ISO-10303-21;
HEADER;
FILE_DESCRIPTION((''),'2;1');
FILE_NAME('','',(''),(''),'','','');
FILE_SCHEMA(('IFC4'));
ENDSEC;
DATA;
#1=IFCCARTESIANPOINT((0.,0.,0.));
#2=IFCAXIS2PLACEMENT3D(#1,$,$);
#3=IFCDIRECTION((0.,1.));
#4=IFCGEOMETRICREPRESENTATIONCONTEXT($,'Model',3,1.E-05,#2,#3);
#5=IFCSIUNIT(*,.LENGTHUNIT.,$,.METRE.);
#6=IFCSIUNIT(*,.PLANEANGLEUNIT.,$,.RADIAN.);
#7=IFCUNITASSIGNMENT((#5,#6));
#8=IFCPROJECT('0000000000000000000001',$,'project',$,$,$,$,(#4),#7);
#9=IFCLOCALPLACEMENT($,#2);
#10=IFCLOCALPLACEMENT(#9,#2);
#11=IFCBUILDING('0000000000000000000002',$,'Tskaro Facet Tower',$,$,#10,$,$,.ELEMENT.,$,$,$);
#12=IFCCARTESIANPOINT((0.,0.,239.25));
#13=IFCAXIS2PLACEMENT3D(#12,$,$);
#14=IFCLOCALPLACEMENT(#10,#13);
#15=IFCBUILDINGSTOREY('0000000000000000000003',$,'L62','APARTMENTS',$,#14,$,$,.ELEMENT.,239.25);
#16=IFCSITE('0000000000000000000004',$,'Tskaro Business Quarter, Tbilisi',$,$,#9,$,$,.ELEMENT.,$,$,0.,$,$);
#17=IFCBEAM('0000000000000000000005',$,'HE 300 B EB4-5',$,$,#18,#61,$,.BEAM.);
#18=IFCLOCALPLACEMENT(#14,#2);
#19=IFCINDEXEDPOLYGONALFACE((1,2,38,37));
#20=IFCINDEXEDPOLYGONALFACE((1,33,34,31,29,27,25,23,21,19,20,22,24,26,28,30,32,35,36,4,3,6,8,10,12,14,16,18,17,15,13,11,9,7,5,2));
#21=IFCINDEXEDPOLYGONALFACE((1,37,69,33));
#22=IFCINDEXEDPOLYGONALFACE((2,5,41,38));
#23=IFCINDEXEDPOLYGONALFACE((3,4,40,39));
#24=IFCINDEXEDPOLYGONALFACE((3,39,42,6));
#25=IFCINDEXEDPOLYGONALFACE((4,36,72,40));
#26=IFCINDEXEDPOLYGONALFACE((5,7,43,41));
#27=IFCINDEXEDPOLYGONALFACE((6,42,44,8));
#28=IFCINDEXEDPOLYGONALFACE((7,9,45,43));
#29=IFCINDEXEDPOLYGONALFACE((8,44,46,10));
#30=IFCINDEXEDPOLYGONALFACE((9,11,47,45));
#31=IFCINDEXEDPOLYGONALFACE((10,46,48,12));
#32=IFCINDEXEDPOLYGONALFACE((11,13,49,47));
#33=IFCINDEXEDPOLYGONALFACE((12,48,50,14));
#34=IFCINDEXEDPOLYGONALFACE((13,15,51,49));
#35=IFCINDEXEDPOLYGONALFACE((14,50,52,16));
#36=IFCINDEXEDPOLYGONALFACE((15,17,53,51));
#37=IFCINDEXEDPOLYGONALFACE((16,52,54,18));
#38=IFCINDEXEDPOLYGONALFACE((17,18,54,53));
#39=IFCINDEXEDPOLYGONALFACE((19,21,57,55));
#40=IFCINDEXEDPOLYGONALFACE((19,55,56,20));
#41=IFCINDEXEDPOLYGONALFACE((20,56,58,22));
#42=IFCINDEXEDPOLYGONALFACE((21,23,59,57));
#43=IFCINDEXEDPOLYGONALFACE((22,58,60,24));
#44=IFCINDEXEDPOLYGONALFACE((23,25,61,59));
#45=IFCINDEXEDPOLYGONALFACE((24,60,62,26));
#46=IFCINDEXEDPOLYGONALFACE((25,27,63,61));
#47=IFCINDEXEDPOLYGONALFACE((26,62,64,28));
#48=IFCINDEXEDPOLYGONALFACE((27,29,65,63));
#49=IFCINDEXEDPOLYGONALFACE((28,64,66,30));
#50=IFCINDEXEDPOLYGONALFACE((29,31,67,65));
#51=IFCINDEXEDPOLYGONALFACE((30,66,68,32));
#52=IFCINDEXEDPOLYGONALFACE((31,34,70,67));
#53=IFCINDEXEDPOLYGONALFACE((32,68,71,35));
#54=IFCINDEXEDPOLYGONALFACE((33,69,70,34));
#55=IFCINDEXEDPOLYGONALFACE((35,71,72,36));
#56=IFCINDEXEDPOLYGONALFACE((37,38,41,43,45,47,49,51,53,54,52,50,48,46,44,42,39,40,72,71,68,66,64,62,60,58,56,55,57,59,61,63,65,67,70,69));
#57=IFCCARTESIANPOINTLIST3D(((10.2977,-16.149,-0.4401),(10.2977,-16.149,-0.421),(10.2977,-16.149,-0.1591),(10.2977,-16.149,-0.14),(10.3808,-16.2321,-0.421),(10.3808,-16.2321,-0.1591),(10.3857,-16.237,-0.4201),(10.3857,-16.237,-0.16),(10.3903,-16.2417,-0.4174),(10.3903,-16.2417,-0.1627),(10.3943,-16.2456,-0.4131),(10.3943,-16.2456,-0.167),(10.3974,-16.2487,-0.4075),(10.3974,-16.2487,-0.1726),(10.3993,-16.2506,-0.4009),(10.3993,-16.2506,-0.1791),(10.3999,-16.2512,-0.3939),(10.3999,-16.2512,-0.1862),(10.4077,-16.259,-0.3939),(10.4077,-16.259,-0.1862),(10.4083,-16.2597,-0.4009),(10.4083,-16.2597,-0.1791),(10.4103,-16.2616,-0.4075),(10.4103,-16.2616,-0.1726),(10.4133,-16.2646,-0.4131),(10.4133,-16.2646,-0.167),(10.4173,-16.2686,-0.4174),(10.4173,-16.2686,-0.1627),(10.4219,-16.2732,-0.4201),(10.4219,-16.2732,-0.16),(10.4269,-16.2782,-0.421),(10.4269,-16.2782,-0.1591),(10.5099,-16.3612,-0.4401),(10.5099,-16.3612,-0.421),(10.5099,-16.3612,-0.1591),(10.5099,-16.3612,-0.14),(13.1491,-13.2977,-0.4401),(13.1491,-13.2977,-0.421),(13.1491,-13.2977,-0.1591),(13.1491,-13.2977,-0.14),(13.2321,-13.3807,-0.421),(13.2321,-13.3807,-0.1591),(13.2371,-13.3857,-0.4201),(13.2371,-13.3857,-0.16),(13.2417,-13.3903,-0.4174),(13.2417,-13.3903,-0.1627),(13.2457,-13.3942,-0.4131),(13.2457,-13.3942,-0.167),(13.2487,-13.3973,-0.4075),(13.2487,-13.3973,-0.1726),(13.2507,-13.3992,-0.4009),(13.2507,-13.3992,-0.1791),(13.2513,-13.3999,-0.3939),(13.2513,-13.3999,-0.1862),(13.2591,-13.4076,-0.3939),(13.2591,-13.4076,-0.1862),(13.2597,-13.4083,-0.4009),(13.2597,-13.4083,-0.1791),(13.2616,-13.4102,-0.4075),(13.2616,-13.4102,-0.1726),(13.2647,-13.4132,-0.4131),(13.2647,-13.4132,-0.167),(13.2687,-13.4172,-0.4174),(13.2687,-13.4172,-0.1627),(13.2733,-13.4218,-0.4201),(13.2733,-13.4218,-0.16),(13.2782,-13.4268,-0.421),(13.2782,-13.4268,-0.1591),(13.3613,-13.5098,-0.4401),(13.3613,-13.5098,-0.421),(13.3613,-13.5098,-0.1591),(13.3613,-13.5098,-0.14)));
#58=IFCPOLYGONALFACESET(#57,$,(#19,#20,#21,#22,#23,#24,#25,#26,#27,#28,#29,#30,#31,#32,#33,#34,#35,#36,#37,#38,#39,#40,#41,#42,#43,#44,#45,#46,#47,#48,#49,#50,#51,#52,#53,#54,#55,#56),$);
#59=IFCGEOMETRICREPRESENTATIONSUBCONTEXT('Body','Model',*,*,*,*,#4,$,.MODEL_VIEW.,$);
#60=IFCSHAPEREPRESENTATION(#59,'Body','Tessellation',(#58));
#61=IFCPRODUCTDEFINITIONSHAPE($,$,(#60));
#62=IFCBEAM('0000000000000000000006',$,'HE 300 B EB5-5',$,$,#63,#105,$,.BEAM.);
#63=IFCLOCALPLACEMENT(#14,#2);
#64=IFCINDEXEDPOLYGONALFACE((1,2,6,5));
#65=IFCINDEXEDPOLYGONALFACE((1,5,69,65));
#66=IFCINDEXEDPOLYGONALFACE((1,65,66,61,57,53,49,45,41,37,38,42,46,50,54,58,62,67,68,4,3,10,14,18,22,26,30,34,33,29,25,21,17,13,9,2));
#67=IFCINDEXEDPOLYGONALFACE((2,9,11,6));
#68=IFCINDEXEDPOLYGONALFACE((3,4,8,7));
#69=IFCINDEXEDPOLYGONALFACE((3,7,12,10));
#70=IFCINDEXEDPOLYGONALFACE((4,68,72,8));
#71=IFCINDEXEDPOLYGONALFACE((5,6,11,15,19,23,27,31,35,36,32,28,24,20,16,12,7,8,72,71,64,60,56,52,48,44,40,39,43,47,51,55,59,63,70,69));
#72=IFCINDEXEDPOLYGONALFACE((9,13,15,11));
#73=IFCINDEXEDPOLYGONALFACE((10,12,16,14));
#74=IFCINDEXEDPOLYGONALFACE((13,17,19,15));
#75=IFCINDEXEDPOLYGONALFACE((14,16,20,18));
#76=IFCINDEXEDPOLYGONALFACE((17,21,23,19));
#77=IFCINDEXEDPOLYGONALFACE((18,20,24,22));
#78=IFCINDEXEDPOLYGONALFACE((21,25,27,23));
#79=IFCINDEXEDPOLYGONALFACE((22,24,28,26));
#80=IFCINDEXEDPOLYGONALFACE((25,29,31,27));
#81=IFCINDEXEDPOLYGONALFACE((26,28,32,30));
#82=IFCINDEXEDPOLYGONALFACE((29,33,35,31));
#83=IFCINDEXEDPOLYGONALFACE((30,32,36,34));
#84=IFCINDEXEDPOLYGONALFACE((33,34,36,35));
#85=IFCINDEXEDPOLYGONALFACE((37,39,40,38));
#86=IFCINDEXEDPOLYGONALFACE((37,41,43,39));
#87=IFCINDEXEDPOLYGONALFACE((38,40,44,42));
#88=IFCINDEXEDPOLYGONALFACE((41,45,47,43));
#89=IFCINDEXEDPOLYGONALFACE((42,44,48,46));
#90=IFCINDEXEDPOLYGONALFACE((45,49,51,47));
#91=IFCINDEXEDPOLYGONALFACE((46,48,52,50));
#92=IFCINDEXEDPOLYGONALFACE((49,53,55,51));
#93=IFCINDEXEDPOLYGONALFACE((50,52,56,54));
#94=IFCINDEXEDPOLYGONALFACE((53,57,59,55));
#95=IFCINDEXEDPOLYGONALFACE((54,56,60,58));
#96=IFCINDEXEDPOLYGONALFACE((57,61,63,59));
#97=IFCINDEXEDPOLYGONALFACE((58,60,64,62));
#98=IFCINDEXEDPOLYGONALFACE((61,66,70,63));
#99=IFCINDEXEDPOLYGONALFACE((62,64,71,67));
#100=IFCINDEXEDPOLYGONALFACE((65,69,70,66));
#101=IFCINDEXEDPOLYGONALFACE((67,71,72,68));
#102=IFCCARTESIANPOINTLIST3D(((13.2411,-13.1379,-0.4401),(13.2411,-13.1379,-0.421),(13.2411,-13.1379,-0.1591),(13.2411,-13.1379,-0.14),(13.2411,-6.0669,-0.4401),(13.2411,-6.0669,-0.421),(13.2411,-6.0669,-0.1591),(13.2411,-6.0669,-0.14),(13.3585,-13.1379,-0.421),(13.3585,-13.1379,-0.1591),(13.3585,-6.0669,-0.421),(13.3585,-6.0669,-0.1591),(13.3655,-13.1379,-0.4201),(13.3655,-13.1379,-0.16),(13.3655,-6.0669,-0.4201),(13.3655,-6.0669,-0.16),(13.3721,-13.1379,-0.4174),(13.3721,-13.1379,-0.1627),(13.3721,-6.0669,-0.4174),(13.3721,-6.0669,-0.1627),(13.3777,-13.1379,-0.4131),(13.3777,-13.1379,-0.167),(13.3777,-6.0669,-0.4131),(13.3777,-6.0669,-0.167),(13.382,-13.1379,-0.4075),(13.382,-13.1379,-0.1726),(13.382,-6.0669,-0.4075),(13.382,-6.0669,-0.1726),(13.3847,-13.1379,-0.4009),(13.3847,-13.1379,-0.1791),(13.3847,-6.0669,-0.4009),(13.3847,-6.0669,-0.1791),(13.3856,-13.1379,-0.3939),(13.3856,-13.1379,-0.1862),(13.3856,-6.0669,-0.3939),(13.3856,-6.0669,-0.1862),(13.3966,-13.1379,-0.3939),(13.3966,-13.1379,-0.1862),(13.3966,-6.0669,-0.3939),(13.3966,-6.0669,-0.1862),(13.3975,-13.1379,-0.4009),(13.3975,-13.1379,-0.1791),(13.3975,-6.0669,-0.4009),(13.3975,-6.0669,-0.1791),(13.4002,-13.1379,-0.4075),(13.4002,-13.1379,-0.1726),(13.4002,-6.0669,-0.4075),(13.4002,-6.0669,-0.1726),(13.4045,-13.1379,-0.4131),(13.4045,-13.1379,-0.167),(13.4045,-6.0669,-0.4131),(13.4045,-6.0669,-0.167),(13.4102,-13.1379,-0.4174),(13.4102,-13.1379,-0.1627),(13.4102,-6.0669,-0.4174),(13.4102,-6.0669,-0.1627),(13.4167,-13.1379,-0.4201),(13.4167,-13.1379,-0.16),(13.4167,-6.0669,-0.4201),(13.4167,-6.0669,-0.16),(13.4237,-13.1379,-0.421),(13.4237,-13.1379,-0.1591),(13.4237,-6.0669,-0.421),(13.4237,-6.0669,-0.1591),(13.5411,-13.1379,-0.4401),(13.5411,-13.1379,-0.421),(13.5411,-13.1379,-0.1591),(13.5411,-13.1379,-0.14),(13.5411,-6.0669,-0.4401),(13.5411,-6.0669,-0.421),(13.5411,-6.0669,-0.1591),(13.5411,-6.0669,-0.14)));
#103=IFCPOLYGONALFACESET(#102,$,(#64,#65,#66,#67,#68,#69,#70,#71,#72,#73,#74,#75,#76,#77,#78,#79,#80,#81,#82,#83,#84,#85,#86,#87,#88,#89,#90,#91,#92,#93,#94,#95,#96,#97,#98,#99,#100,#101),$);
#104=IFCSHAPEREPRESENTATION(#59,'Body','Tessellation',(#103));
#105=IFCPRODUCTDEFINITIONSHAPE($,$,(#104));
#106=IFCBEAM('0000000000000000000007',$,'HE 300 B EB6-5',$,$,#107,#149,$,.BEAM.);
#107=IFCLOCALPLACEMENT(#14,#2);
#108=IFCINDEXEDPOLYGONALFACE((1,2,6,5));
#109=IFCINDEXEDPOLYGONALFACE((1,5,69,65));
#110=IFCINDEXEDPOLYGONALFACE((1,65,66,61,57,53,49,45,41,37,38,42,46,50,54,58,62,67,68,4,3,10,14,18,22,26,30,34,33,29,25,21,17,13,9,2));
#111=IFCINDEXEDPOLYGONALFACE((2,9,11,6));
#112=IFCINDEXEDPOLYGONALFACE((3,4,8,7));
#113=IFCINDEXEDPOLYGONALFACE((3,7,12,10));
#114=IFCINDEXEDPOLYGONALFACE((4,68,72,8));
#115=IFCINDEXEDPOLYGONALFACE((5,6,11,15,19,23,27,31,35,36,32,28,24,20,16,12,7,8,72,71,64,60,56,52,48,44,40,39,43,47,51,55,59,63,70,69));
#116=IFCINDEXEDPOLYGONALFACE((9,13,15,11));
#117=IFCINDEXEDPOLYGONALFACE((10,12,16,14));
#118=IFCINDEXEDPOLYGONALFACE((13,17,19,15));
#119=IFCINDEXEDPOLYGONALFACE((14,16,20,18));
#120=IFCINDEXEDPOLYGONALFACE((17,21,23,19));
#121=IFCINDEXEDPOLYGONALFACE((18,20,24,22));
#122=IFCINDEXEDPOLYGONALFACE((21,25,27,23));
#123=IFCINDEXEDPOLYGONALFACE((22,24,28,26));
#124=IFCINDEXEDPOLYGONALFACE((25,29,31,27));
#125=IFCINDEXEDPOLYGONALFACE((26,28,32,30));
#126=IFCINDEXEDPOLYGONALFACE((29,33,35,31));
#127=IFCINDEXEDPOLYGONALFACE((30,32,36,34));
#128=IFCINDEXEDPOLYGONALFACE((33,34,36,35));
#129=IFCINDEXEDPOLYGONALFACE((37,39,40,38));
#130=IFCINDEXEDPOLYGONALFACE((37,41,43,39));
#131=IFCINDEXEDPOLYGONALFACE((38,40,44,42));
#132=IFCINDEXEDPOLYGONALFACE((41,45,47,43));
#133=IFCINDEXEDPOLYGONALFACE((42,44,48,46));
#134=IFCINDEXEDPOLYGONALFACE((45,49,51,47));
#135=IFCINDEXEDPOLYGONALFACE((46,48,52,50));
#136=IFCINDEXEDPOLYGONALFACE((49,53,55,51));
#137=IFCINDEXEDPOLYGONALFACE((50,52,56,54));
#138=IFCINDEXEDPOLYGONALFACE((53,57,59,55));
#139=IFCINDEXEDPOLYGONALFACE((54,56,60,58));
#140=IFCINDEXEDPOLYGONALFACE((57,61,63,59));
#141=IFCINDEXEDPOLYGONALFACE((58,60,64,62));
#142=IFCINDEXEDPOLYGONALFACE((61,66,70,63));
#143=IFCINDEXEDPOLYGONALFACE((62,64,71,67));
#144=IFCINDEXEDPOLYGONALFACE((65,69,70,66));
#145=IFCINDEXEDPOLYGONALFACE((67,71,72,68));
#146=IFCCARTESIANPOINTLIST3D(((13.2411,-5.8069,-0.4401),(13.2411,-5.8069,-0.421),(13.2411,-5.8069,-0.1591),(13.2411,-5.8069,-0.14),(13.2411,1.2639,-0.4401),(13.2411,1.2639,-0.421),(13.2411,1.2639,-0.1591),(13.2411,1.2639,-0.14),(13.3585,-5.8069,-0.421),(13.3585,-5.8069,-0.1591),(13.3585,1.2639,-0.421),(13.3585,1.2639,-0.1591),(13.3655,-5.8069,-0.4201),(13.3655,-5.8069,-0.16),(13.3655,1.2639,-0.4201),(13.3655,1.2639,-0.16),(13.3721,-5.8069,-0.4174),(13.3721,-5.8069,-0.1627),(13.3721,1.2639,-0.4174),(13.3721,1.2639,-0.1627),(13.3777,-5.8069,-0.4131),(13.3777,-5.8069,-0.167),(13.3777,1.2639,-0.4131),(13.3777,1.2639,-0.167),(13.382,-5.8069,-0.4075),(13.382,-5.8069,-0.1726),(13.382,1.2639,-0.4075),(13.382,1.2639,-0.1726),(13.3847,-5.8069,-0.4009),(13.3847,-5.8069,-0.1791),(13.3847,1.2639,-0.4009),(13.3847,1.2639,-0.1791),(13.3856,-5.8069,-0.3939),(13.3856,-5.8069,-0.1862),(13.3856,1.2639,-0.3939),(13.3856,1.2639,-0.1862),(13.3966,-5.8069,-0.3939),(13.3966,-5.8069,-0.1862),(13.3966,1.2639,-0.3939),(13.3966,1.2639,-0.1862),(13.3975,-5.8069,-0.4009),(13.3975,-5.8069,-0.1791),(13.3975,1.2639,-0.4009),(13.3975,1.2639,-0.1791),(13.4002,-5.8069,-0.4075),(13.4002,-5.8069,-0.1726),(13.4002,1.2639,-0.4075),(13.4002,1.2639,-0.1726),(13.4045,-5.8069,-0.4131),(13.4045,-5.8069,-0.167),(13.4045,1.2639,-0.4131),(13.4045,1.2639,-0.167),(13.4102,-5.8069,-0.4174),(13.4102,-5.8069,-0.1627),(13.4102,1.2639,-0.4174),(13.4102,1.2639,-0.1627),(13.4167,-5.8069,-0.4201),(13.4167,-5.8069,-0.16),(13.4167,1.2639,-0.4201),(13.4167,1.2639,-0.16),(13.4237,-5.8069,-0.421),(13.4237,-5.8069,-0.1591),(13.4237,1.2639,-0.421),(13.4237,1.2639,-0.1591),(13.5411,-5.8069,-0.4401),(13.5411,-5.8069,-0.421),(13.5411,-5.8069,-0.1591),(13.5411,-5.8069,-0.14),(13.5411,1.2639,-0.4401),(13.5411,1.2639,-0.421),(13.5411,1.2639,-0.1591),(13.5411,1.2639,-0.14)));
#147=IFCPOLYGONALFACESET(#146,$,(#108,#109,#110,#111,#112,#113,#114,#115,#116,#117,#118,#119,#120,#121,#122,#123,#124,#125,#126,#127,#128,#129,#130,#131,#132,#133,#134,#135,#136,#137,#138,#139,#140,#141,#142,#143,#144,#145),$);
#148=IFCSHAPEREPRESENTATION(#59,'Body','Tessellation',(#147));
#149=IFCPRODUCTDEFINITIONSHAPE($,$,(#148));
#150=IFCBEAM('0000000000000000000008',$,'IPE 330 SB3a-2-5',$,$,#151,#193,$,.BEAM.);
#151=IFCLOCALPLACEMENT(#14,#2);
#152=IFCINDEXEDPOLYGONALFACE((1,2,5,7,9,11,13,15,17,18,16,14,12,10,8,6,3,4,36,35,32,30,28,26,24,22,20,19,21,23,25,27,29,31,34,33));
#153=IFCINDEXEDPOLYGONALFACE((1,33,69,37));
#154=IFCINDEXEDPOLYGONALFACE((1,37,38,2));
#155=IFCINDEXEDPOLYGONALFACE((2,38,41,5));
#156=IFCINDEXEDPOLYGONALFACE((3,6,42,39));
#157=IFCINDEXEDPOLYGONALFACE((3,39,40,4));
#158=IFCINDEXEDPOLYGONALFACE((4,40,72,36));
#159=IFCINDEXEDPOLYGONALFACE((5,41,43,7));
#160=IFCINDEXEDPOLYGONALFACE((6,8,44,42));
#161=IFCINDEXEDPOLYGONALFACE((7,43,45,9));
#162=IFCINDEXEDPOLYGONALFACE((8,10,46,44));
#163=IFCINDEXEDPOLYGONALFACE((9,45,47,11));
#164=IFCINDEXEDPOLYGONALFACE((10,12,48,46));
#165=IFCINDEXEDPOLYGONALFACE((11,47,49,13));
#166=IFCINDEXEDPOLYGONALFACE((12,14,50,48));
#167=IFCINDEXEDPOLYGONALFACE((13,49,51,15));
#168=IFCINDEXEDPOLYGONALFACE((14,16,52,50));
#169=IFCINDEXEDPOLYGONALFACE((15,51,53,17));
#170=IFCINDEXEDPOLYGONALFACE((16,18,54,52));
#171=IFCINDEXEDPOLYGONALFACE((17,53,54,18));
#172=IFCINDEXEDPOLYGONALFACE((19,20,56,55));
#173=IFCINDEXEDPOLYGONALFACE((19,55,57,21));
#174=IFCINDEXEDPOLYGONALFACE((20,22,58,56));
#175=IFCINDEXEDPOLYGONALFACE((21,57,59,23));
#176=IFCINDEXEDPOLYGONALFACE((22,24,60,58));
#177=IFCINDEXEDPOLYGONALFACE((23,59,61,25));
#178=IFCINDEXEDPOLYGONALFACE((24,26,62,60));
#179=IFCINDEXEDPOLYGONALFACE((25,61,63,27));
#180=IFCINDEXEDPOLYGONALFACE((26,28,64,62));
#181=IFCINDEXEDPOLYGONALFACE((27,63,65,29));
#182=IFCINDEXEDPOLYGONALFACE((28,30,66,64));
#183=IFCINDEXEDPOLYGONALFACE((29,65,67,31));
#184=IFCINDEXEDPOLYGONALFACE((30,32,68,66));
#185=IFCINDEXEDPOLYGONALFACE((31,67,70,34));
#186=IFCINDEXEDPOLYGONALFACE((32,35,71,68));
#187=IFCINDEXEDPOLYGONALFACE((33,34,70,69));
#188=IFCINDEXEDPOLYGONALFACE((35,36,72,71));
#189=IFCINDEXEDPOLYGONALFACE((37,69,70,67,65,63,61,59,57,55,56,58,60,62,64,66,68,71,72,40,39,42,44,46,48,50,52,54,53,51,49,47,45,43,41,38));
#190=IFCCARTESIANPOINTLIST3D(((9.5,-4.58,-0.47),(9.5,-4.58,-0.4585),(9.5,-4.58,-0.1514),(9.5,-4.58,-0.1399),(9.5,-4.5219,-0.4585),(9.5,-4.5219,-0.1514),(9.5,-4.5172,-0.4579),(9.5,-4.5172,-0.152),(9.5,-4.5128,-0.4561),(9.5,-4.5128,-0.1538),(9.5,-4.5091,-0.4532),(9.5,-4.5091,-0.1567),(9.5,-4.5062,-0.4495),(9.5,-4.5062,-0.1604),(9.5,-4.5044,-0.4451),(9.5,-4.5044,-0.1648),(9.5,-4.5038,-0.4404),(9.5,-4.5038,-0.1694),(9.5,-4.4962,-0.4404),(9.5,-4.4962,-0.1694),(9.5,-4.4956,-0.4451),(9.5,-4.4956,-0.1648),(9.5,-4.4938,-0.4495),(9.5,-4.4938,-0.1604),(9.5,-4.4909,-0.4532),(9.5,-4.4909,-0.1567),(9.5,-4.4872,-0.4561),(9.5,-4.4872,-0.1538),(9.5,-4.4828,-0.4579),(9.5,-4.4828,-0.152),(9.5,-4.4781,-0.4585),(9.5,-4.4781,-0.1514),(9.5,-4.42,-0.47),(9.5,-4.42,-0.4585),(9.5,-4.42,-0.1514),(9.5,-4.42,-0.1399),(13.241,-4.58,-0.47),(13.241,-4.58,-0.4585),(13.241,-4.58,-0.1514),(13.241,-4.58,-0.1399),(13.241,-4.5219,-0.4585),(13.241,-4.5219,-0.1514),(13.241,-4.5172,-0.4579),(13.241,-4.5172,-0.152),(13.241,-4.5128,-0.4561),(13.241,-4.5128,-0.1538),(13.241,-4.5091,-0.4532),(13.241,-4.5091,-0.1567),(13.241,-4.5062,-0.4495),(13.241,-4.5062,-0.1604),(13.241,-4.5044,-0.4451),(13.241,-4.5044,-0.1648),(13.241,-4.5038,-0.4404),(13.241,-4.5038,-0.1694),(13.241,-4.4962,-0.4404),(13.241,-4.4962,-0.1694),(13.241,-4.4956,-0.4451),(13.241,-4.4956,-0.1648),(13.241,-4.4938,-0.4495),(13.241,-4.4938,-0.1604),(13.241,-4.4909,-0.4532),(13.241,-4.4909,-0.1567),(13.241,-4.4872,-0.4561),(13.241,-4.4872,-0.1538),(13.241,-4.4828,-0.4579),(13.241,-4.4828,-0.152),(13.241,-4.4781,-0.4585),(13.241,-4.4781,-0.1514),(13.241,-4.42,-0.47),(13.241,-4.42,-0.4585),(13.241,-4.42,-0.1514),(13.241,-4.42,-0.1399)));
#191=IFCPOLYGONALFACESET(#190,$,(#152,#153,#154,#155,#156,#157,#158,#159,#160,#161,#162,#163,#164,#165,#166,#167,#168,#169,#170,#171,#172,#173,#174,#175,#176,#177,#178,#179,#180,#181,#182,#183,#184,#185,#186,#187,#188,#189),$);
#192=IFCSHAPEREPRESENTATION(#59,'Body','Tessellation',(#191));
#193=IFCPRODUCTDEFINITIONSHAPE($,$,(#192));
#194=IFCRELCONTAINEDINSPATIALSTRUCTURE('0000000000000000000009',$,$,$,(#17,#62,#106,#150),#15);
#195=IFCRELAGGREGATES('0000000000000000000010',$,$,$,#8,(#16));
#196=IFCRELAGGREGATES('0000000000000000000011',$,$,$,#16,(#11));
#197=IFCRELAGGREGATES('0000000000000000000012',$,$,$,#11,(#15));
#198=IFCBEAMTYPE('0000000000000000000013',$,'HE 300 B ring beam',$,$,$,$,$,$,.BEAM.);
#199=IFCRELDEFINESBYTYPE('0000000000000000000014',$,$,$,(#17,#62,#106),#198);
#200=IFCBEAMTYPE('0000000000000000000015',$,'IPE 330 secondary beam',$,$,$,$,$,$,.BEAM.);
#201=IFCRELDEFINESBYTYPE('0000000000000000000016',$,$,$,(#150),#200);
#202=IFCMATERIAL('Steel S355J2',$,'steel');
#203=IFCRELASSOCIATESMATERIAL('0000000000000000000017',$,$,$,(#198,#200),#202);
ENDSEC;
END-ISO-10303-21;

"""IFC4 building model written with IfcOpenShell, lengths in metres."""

from ifc_helpers import new_model, si_unit, direction, frame, origin, origin_2d, place, context, subcontext, project, spatial, i_section, extrude, material, material_profile, profile_set, type_object, element, save


model = new_model("IFC4")

# Units and contexts
model_context = context("Model", 3, precision=1e-05, world=origin(), true_north=direction((0.0, 1.0)))
body_context = subcontext(model_context, "Body", "Model", "MODEL_VIEW")
ifc_project = project(units=[si_unit("LENGTHUNIT", "METRE"), si_unit("PLANEANGLEUNIT", "RADIAN")], contexts=[model_context])

# Site, building, storey
site_placement = place(None, origin())
site = spatial("IfcSite", under=ifc_project, at=site_placement, Name="Tskaro Business Quarter, Tbilisi", CompositionType="ELEMENT", RefElevation=0.0)
building_placement = place(site_placement, origin())
building = spatial("IfcBuilding", under=site, at=building_placement, Name="Tskaro Facet Tower", CompositionType="ELEMENT")
storey_placement = place(building_placement, frame((0.0, 0.0, 239.25)))
storey = spatial("IfcBuildingStorey", under=building, at=storey_placement, Name="L62", Description="APARTMENTS", CompositionType="ELEMENT", Elevation=239.25)

# Shared definitions
ifc_material_1 = material(Name="Steel S355J2", Category="steel")

# Beams
ifc_material_profile_1 = material_profile(ifc_material_1, i_section(OverallWidth=0.3, OverallDepth=0.3, WebThickness=0.011, FlangeThickness=0.019, FilletRadius=0.0271, at=origin_2d()), Name="HE 300 B")
ifc_profile_set_1 = profile_set([ifc_material_profile_1], Name="Steel S355J2")
beam_type_1 = type_object("IfcBeamType", Name="HE 300 B ring beam", PredefinedType="BEAM", material=ifc_profile_set_1)
beam_1_placement = place(storey_placement, frame((10.4038, -16.2551, -0.29), z_axis=(0.707107, 0.707107, 0.0), x_axis=(-0.707107, 0.707107, 0.0)))
element("IfcBeam", 1, at=beam_1_placement, inside=storey, type_object=beam_type_1, Name="HE 300 B EB4-5", PredefinedType="BEAM", context=body_context, shape_type="SweptSolid", body=[
    extrude(i_section(OverallWidth=0.3, OverallDepth=0.3, WebThickness=0.011, FlangeThickness=0.019, FilletRadius=0.0271, at=origin_2d()), origin(), (0.0, 0.0, 1.0), 4.0325),
])
beam_2_placement = place(storey_placement, frame((13.3911, -13.1379, -0.29), z_axis=(0.0, 1.0, 0.0), x_axis=(-1.0, 0.0, 0.0)))
element("IfcBeam", 2, at=beam_2_placement, inside=storey, type_object=beam_type_1, Name="HE 300 B EB5-5", PredefinedType="BEAM", context=body_context, shape_type="SweptSolid", body=[
    extrude(i_section(OverallWidth=0.3, OverallDepth=0.3, WebThickness=0.011, FlangeThickness=0.019, FilletRadius=0.0271, at=origin_2d()), origin(), (0.0, 0.0, 1.0), 7.071),
])
beam_3_placement = place(storey_placement, frame((13.3911, -5.8069, -0.29), z_axis=(0.0, 1.0, 0.0), x_axis=(-1.0, 0.0, 0.0)))
element("IfcBeam", 3, at=beam_3_placement, inside=storey, type_object=beam_type_1, Name="HE 300 B EB6-5", PredefinedType="BEAM", context=body_context, shape_type="SweptSolid", body=[
    extrude(i_section(OverallWidth=0.3, OverallDepth=0.3, WebThickness=0.011, FlangeThickness=0.019, FilletRadius=0.0271, at=origin_2d()), origin(), (0.0, 0.0, 1.0), 7.0708),
])
ifc_material_profile_2 = material_profile(ifc_material_1, i_section(OverallWidth=0.1599, OverallDepth=0.3301, WebThickness=0.0076, FlangeThickness=0.0115, FilletRadius=0.0181, at=origin_2d()), Name="IPE 330")
ifc_profile_set_2 = profile_set([ifc_material_profile_2], Name="Steel S355J2")
beam_type_2 = type_object("IfcBeamType", Name="IPE 330 secondary beam", PredefinedType="BEAM", material=ifc_profile_set_2)
beam_4_placement = place(storey_placement, frame((9.5, -4.5, -0.3049), z_axis=(1.0, 0.0, 0.0), x_axis=(0.0, 1.0, 0.0)))
element("IfcBeam", 4, at=beam_4_placement, inside=storey, type_object=beam_type_2, Name="IPE 330 SB3a-2-5", PredefinedType="BEAM", context=body_context, shape_type="SweptSolid", body=[
    extrude(i_section(OverallWidth=0.1599, OverallDepth=0.3301, WebThickness=0.0076, FlangeThickness=0.0115, FilletRadius=0.0181, at=origin_2d()), origin(), (0.0, 0.0, 1.0), 3.741),
])

save(model, "model.ifc")
